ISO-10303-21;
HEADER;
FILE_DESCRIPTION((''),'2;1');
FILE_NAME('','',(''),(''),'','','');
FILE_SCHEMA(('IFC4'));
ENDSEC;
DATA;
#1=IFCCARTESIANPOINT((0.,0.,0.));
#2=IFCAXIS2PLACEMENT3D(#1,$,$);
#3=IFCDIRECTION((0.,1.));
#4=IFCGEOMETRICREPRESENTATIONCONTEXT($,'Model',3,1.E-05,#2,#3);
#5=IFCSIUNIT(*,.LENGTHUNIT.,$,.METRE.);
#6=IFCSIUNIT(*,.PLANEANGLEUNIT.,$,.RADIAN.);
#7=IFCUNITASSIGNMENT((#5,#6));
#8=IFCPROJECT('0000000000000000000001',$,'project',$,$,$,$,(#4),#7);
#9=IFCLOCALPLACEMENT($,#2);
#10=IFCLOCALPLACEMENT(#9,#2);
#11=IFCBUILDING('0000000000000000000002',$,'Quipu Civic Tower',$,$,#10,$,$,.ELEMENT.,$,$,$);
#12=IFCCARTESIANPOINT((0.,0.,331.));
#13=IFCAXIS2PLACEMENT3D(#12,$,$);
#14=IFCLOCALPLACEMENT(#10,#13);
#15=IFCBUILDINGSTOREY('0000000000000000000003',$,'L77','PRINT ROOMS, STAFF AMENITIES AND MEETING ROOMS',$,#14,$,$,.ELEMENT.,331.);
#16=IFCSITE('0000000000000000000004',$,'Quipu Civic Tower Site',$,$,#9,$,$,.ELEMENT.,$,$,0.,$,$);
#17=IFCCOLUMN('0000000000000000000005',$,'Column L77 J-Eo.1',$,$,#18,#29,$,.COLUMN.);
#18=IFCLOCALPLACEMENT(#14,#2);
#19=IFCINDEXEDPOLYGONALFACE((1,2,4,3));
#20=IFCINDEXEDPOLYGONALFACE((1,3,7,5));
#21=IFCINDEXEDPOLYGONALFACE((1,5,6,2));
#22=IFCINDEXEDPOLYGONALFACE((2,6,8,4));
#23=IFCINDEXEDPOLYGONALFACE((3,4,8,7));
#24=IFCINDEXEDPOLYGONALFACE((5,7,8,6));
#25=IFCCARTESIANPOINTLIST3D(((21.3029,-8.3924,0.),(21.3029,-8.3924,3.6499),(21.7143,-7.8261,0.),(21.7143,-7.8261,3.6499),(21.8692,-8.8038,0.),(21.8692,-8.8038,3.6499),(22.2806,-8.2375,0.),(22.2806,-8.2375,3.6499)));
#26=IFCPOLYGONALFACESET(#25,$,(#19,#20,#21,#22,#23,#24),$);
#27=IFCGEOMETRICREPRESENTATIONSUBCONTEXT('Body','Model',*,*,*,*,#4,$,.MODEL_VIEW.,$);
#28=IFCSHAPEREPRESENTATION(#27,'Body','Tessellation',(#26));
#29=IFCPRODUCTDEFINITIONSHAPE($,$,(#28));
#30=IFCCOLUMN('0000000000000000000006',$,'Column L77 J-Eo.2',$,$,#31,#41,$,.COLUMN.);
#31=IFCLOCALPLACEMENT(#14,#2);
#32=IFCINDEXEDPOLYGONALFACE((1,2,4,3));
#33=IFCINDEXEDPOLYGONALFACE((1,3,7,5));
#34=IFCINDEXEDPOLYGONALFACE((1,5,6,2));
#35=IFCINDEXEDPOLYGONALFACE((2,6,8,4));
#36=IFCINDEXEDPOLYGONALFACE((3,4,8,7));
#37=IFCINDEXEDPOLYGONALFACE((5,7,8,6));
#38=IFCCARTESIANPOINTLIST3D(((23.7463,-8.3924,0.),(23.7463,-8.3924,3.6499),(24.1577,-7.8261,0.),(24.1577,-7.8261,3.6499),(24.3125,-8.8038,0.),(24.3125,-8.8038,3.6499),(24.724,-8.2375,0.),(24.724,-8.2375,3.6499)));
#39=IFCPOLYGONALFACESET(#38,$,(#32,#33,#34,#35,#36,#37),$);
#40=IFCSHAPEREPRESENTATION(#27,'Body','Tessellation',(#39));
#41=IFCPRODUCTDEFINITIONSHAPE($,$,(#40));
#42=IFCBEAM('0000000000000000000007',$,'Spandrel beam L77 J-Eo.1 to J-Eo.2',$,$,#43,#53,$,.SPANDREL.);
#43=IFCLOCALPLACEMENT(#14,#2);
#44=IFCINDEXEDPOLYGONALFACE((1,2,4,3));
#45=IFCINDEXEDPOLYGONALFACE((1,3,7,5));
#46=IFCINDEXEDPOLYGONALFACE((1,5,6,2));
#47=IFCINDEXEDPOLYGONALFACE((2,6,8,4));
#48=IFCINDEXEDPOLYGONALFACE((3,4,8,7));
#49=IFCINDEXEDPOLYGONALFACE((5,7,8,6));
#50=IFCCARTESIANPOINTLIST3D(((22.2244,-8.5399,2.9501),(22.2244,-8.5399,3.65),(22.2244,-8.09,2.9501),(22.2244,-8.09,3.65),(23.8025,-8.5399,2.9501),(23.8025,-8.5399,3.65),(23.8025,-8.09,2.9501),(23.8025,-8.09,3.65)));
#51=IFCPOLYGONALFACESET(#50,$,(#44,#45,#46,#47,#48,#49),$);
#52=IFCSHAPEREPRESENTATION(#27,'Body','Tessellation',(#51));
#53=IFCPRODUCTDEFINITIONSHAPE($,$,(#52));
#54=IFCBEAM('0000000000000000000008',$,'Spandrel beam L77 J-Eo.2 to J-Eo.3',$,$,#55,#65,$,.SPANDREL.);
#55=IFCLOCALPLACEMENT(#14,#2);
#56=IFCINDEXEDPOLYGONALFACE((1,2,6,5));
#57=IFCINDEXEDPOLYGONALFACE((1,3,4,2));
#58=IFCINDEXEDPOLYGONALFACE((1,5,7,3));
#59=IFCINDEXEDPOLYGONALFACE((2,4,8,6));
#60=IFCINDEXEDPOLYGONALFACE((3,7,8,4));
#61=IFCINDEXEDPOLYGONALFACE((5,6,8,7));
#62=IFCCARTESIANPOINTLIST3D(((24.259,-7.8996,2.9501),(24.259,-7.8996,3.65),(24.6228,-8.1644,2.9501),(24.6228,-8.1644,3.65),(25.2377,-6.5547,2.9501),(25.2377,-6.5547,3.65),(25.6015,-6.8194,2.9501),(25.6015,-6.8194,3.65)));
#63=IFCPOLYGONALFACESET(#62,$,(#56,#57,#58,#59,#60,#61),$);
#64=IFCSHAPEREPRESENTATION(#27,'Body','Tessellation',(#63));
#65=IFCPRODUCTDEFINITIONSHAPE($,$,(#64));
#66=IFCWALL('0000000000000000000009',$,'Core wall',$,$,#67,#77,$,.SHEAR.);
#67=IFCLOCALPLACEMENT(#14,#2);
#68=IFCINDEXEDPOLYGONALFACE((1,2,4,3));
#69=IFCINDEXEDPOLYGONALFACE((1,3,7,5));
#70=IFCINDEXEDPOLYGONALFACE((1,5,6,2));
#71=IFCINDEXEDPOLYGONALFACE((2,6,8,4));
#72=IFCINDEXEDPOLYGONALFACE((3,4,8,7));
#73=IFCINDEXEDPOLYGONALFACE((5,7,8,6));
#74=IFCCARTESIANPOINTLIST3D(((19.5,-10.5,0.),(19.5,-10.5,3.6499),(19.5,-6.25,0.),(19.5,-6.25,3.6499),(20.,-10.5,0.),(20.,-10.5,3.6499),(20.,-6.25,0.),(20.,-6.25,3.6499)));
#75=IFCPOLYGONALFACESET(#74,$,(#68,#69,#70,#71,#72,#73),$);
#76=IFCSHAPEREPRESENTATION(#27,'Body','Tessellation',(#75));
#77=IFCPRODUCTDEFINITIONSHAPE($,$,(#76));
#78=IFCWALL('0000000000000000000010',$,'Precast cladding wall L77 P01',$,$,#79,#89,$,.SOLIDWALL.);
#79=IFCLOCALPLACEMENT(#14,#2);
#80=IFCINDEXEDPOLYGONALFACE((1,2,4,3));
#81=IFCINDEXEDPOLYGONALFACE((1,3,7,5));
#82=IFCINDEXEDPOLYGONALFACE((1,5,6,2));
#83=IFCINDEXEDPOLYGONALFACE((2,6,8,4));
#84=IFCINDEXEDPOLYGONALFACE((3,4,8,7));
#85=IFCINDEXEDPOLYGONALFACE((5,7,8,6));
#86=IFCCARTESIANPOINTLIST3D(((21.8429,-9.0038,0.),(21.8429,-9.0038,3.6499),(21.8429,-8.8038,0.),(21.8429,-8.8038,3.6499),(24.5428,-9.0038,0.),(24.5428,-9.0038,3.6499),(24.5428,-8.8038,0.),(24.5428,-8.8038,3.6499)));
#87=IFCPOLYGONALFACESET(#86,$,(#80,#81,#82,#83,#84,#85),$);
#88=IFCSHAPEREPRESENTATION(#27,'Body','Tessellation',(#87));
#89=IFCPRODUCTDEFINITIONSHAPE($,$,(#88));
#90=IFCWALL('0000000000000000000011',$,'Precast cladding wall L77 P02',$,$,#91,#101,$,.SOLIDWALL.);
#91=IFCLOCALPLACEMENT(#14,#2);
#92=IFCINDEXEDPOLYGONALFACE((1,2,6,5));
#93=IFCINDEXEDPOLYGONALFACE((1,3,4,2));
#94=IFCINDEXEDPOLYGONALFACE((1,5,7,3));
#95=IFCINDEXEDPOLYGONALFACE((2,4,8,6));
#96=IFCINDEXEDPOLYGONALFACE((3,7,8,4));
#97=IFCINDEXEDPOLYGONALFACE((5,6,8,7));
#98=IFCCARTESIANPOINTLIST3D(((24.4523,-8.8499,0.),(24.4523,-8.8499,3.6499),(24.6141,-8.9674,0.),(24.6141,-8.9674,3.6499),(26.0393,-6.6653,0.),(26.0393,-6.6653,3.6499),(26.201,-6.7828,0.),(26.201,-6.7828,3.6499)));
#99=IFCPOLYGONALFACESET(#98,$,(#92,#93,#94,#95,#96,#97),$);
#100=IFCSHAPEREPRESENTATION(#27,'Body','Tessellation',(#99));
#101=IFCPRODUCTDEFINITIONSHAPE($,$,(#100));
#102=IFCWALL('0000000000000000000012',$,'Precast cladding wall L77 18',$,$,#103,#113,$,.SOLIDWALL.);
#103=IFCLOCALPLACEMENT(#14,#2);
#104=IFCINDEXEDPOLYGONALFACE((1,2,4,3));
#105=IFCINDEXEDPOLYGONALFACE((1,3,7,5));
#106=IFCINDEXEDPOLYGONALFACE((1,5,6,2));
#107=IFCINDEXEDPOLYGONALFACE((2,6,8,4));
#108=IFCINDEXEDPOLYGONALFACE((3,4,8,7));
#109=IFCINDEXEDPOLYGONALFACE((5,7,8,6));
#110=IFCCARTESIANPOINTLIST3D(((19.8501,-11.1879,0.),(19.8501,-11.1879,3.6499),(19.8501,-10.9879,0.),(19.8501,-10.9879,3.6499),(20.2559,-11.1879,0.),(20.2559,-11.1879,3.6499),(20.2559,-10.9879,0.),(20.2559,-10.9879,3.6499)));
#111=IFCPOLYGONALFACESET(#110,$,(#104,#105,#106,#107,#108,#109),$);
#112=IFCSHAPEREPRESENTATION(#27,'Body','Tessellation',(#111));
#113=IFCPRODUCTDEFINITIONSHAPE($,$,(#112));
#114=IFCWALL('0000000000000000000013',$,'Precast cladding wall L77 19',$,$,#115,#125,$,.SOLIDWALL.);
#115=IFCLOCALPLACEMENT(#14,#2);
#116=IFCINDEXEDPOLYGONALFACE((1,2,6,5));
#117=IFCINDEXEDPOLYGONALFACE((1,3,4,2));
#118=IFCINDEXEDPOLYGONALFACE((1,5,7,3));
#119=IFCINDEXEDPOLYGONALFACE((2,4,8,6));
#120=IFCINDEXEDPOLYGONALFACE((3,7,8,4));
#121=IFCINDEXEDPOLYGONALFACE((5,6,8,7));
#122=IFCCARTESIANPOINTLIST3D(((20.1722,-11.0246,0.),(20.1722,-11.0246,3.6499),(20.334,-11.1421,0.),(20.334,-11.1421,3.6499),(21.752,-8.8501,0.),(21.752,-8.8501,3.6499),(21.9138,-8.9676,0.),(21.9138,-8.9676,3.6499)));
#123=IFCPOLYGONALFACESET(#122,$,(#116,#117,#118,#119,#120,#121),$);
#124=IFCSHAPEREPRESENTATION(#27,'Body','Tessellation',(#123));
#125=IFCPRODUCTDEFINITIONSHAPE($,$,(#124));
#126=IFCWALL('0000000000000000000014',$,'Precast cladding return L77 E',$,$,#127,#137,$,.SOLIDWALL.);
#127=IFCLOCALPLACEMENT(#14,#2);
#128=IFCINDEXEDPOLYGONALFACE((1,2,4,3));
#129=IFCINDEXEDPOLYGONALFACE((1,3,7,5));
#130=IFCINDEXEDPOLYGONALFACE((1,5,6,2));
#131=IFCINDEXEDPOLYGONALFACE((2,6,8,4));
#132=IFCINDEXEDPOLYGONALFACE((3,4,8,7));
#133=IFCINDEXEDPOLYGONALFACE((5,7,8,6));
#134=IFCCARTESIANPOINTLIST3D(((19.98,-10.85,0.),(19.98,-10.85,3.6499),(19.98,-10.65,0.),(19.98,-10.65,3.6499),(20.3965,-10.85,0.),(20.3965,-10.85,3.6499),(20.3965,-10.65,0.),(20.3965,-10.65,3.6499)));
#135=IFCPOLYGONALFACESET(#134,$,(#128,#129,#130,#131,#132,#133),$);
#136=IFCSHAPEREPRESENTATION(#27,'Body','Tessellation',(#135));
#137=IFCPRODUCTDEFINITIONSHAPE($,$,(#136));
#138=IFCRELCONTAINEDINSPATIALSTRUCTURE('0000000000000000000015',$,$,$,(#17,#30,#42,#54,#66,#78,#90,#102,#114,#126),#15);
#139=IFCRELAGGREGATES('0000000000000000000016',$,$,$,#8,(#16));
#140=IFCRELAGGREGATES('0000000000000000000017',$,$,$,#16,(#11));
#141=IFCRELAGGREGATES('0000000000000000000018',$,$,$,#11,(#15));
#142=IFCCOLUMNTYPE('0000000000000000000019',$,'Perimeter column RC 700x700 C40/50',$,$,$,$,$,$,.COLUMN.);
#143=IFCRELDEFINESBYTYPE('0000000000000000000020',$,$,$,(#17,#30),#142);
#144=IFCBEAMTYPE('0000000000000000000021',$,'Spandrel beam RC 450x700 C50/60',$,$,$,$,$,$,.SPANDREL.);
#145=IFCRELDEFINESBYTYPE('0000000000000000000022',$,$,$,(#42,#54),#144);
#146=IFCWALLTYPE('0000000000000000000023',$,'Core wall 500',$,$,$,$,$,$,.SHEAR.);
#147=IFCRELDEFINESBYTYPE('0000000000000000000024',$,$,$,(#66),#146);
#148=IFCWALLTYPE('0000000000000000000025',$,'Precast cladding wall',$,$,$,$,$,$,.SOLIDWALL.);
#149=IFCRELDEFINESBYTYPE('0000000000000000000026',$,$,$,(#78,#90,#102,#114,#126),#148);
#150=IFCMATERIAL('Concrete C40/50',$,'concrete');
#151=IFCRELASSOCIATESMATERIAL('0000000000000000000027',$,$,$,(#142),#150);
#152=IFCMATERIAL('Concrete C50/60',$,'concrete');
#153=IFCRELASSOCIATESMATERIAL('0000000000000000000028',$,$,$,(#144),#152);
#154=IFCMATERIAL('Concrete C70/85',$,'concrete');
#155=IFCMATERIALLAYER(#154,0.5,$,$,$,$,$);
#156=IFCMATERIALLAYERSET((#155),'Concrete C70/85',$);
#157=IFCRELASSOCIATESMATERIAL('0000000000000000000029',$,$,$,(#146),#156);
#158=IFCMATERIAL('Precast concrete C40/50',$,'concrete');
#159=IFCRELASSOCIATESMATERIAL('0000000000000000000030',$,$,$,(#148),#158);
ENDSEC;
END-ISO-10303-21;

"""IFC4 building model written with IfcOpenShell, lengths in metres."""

from ifc_helpers import new_model, si_unit, direction, frame, frame_2d, origin, origin_2d, place, context, subcontext, project, spatial, rectangle, extrude, material, layer, layer_set, material_profile, profile_set, type_object, element, save


model = new_model("IFC4")

# Units and contexts
model_context = context("Model", 3, precision=1e-05, world=origin(), true_north=direction((0.0, 1.0)))
body_context = subcontext(model_context, "Body", "Model", "MODEL_VIEW")
ifc_project = project(units=[si_unit("LENGTHUNIT", "METRE"), si_unit("PLANEANGLEUNIT", "RADIAN")], contexts=[model_context])

# Site, building, storey
site_placement = place(None, origin())
site = spatial("IfcSite", under=ifc_project, at=site_placement, Name="Quipu Civic Tower Site", CompositionType="ELEMENT", RefElevation=0.0)
building_placement = place(site_placement, origin())
building = spatial("IfcBuilding", under=site, at=building_placement, Name="Quipu Civic Tower", CompositionType="ELEMENT")
storey_placement = place(building_placement, frame((0.0, 0.0, 331.0)))
storey = spatial("IfcBuildingStorey", under=building, at=storey_placement, Name="L77", Description="PRINT ROOMS, STAFF AMENITIES AND MEETING ROOMS", CompositionType="ELEMENT", Elevation=331.0)

# Columns
ifc_material_1 = material(Name="Concrete C40/50", Category="concrete")
ifc_material_profile_1 = material_profile(ifc_material_1, rectangle(XDim=0.7, YDim=0.7, at=origin_2d()), Name="RC700x700")
ifc_profile_set_1 = profile_set([ifc_material_profile_1], Name="Concrete C40/50")
column_type = type_object("IfcColumnType", Name="Perimeter column RC 700x700 C40/50", PredefinedType="COLUMN", material=ifc_profile_set_1)
for number, where, z_axis, x_axis, name in (
    (1, (21.7917, -8.3149, 0.0), (0.0, 0.0, 1.0), (0.587785, 0.809017, 0.0), "Column L77 J-Eo.1"),
    (2, (24.2351, -8.3149, 0.0), (0.0, 0.0, 1.0), (0.587785, 0.809017, 0.0), "Column L77 J-Eo.2"),
):
    element("IfcColumn", number, at=place(storey_placement, frame(where, z_axis=z_axis, x_axis=x_axis)), inside=storey, type_object=column_type, Name=name, PredefinedType="COLUMN", context=body_context, shape_type="SweptSolid", body=[
        extrude(rectangle(XDim=0.7, YDim=0.7, at=origin_2d()), origin(), (0.0, 0.0, 1.0), 3.6499),
    ])

# Beams
ifc_material_2 = material(Name="Concrete C50/60", Category="concrete")
ifc_material_profile_2 = material_profile(ifc_material_2, rectangle(XDim=0.45, YDim=0.7, at=origin_2d()), Name="RC450x700")
ifc_profile_set_2 = profile_set([ifc_material_profile_2], Name="Concrete C50/60")
beam_type = type_object("IfcBeamType", Name="Spandrel beam RC 450x700 C50/60", PredefinedType="SPANDREL", material=ifc_profile_set_2)
beam_1_placement = place(storey_placement, frame((22.2244, -8.3149, 3.3), z_axis=(1.0, 0.0, 0.0), x_axis=(0.0, 1.0, 0.0)))
element("IfcBeam", 3, at=beam_1_placement, inside=storey, type_object=beam_type, Name="Spandrel beam L77 J-Eo.1 to J-Eo.2", PredefinedType="SPANDREL", context=body_context, shape_type="SweptSolid", body=[
    extrude(rectangle(XDim=0.45, YDim=0.7, at=origin_2d()), origin(), (0.0, 0.0, 1.0), 1.5781),
])
beam_2_placement = place(storey_placement, frame((24.4409, -8.032, 3.3), z_axis=(0.588407, 0.808565, 0.0), x_axis=(-0.808565, 0.588407, 0.0)))
element("IfcBeam", 4, at=beam_2_placement, inside=storey, type_object=beam_type, Name="Spandrel beam L77 J-Eo.2 to J-Eo.3", PredefinedType="SPANDREL", context=body_context, shape_type="SweptSolid", body=[
    extrude(rectangle(XDim=0.45, YDim=0.7, at=origin_2d()), origin(), (0.0, 0.0, 1.0), 1.6633),
])

# Walls
ifc_material_3 = material(Name="Concrete C70/85", Category="concrete")
ifc_layer = layer(ifc_material_3, 0.5)
ifc_layer_set = layer_set([ifc_layer], Name="Concrete C70/85")
wall_type_1 = type_object("IfcWallType", Name="Core wall 500", PredefinedType="SHEAR", material=ifc_layer_set)
wall_1_placement = place(storey_placement, frame((19.75, -10.5, 0.0), z_axis=(0.0, 0.0, 1.0), x_axis=(0.0, 1.0, 0.0)))
element("IfcWall", 5, at=wall_1_placement, inside=storey, type_object=wall_type_1, Name="Core wall", PredefinedType="SHEAR", context=body_context, shape_type="SweptSolid", body=[
    extrude(rectangle(XDim=4.25, YDim=0.5, at=frame_2d((2.125, 0.0))), origin(), (0.0, 0.0, 1.0), 3.6499),
])
ifc_material_4 = material(Name="Precast concrete C40/50", Category="concrete")
wall_type_2 = type_object("IfcWallType", Name="Precast cladding wall", PredefinedType="SOLIDWALL", material=ifc_material_4)
wall_2_placement = place(storey_placement, frame((21.8428, -8.9038, 0.0), z_axis=(0.0, 0.0, 1.0), x_axis=(1.0, 0.0, 0.0)))
element("IfcWall", 6, at=wall_2_placement, inside=storey, type_object=wall_type_2, Name="Precast cladding wall L77 P01", PredefinedType="SOLIDWALL", context=body_context, shape_type="SweptSolid", body=[
    extrude(rectangle(XDim=2.7, YDim=0.2, at=frame_2d((1.3501, 0.0))), origin(), (0.0, 0.0, 1.0), 3.6499),
])
wall_3_placement = place(storey_placement, frame((24.5332, -8.9087, 0.0), z_axis=(0.0, 0.0, 1.0), x_axis=(0.58772, 0.809064, 0.0)))
element("IfcWall", 7, at=wall_3_placement, inside=storey, type_object=wall_type_2, Name="Precast cladding wall L77 P02", PredefinedType="SOLIDWALL", context=body_context, shape_type="SweptSolid", body=[
    extrude(rectangle(XDim=2.7002, YDim=0.2, at=frame_2d((1.3501, 0.0))), origin(), (0.0, 0.0, 1.0), 3.6499),
])
wall_4_placement = place(storey_placement, frame((19.8501, -11.0879, 0.0), z_axis=(0.0, 0.0, 1.0), x_axis=(1.0, 0.0, 0.0)))
element("IfcWall", 8, at=wall_4_placement, inside=storey, type_object=wall_type_2, Name="Precast cladding wall L77 18", PredefinedType="SOLIDWALL", context=body_context, shape_type="SweptSolid", body=[
    extrude(rectangle(XDim=0.4058, YDim=0.2, at=frame_2d((0.2029, 0.0))), origin(), (0.0, 0.0, 1.0), 3.6499),
])
wall_5_placement = place(storey_placement, frame((20.2532, -11.0833, 0.0), z_axis=(0.0, 0.0, 1.0), x_axis=(0.587767, 0.809031, 0.0)))
element("IfcWall", 9, at=wall_5_placement, inside=storey, type_object=wall_type_2, Name="Precast cladding wall L77 19", PredefinedType="SOLIDWALL", context=body_context, shape_type="SweptSolid", body=[
    extrude(rectangle(XDim=2.6877, YDim=0.2, at=frame_2d((1.3438, 0.0))), origin(), (0.0, 0.0, 1.0), 3.6499),
])
wall_6_placement = place(storey_placement, frame((19.98, -10.75, 0.0), z_axis=(0.0, 0.0, 1.0), x_axis=(1.0, 0.0, 0.0)))
element("IfcWall", 10, at=wall_6_placement, inside=storey, type_object=wall_type_2, Name="Precast cladding return L77 E", PredefinedType="SOLIDWALL", context=body_context, shape_type="SweptSolid", body=[
    extrude(rectangle(XDim=0.4165, YDim=0.2, at=frame_2d((0.2083, 0.0))), origin(), (0.0, 0.0, 1.0), 3.6499),
])

save(model, "model.ifc")
